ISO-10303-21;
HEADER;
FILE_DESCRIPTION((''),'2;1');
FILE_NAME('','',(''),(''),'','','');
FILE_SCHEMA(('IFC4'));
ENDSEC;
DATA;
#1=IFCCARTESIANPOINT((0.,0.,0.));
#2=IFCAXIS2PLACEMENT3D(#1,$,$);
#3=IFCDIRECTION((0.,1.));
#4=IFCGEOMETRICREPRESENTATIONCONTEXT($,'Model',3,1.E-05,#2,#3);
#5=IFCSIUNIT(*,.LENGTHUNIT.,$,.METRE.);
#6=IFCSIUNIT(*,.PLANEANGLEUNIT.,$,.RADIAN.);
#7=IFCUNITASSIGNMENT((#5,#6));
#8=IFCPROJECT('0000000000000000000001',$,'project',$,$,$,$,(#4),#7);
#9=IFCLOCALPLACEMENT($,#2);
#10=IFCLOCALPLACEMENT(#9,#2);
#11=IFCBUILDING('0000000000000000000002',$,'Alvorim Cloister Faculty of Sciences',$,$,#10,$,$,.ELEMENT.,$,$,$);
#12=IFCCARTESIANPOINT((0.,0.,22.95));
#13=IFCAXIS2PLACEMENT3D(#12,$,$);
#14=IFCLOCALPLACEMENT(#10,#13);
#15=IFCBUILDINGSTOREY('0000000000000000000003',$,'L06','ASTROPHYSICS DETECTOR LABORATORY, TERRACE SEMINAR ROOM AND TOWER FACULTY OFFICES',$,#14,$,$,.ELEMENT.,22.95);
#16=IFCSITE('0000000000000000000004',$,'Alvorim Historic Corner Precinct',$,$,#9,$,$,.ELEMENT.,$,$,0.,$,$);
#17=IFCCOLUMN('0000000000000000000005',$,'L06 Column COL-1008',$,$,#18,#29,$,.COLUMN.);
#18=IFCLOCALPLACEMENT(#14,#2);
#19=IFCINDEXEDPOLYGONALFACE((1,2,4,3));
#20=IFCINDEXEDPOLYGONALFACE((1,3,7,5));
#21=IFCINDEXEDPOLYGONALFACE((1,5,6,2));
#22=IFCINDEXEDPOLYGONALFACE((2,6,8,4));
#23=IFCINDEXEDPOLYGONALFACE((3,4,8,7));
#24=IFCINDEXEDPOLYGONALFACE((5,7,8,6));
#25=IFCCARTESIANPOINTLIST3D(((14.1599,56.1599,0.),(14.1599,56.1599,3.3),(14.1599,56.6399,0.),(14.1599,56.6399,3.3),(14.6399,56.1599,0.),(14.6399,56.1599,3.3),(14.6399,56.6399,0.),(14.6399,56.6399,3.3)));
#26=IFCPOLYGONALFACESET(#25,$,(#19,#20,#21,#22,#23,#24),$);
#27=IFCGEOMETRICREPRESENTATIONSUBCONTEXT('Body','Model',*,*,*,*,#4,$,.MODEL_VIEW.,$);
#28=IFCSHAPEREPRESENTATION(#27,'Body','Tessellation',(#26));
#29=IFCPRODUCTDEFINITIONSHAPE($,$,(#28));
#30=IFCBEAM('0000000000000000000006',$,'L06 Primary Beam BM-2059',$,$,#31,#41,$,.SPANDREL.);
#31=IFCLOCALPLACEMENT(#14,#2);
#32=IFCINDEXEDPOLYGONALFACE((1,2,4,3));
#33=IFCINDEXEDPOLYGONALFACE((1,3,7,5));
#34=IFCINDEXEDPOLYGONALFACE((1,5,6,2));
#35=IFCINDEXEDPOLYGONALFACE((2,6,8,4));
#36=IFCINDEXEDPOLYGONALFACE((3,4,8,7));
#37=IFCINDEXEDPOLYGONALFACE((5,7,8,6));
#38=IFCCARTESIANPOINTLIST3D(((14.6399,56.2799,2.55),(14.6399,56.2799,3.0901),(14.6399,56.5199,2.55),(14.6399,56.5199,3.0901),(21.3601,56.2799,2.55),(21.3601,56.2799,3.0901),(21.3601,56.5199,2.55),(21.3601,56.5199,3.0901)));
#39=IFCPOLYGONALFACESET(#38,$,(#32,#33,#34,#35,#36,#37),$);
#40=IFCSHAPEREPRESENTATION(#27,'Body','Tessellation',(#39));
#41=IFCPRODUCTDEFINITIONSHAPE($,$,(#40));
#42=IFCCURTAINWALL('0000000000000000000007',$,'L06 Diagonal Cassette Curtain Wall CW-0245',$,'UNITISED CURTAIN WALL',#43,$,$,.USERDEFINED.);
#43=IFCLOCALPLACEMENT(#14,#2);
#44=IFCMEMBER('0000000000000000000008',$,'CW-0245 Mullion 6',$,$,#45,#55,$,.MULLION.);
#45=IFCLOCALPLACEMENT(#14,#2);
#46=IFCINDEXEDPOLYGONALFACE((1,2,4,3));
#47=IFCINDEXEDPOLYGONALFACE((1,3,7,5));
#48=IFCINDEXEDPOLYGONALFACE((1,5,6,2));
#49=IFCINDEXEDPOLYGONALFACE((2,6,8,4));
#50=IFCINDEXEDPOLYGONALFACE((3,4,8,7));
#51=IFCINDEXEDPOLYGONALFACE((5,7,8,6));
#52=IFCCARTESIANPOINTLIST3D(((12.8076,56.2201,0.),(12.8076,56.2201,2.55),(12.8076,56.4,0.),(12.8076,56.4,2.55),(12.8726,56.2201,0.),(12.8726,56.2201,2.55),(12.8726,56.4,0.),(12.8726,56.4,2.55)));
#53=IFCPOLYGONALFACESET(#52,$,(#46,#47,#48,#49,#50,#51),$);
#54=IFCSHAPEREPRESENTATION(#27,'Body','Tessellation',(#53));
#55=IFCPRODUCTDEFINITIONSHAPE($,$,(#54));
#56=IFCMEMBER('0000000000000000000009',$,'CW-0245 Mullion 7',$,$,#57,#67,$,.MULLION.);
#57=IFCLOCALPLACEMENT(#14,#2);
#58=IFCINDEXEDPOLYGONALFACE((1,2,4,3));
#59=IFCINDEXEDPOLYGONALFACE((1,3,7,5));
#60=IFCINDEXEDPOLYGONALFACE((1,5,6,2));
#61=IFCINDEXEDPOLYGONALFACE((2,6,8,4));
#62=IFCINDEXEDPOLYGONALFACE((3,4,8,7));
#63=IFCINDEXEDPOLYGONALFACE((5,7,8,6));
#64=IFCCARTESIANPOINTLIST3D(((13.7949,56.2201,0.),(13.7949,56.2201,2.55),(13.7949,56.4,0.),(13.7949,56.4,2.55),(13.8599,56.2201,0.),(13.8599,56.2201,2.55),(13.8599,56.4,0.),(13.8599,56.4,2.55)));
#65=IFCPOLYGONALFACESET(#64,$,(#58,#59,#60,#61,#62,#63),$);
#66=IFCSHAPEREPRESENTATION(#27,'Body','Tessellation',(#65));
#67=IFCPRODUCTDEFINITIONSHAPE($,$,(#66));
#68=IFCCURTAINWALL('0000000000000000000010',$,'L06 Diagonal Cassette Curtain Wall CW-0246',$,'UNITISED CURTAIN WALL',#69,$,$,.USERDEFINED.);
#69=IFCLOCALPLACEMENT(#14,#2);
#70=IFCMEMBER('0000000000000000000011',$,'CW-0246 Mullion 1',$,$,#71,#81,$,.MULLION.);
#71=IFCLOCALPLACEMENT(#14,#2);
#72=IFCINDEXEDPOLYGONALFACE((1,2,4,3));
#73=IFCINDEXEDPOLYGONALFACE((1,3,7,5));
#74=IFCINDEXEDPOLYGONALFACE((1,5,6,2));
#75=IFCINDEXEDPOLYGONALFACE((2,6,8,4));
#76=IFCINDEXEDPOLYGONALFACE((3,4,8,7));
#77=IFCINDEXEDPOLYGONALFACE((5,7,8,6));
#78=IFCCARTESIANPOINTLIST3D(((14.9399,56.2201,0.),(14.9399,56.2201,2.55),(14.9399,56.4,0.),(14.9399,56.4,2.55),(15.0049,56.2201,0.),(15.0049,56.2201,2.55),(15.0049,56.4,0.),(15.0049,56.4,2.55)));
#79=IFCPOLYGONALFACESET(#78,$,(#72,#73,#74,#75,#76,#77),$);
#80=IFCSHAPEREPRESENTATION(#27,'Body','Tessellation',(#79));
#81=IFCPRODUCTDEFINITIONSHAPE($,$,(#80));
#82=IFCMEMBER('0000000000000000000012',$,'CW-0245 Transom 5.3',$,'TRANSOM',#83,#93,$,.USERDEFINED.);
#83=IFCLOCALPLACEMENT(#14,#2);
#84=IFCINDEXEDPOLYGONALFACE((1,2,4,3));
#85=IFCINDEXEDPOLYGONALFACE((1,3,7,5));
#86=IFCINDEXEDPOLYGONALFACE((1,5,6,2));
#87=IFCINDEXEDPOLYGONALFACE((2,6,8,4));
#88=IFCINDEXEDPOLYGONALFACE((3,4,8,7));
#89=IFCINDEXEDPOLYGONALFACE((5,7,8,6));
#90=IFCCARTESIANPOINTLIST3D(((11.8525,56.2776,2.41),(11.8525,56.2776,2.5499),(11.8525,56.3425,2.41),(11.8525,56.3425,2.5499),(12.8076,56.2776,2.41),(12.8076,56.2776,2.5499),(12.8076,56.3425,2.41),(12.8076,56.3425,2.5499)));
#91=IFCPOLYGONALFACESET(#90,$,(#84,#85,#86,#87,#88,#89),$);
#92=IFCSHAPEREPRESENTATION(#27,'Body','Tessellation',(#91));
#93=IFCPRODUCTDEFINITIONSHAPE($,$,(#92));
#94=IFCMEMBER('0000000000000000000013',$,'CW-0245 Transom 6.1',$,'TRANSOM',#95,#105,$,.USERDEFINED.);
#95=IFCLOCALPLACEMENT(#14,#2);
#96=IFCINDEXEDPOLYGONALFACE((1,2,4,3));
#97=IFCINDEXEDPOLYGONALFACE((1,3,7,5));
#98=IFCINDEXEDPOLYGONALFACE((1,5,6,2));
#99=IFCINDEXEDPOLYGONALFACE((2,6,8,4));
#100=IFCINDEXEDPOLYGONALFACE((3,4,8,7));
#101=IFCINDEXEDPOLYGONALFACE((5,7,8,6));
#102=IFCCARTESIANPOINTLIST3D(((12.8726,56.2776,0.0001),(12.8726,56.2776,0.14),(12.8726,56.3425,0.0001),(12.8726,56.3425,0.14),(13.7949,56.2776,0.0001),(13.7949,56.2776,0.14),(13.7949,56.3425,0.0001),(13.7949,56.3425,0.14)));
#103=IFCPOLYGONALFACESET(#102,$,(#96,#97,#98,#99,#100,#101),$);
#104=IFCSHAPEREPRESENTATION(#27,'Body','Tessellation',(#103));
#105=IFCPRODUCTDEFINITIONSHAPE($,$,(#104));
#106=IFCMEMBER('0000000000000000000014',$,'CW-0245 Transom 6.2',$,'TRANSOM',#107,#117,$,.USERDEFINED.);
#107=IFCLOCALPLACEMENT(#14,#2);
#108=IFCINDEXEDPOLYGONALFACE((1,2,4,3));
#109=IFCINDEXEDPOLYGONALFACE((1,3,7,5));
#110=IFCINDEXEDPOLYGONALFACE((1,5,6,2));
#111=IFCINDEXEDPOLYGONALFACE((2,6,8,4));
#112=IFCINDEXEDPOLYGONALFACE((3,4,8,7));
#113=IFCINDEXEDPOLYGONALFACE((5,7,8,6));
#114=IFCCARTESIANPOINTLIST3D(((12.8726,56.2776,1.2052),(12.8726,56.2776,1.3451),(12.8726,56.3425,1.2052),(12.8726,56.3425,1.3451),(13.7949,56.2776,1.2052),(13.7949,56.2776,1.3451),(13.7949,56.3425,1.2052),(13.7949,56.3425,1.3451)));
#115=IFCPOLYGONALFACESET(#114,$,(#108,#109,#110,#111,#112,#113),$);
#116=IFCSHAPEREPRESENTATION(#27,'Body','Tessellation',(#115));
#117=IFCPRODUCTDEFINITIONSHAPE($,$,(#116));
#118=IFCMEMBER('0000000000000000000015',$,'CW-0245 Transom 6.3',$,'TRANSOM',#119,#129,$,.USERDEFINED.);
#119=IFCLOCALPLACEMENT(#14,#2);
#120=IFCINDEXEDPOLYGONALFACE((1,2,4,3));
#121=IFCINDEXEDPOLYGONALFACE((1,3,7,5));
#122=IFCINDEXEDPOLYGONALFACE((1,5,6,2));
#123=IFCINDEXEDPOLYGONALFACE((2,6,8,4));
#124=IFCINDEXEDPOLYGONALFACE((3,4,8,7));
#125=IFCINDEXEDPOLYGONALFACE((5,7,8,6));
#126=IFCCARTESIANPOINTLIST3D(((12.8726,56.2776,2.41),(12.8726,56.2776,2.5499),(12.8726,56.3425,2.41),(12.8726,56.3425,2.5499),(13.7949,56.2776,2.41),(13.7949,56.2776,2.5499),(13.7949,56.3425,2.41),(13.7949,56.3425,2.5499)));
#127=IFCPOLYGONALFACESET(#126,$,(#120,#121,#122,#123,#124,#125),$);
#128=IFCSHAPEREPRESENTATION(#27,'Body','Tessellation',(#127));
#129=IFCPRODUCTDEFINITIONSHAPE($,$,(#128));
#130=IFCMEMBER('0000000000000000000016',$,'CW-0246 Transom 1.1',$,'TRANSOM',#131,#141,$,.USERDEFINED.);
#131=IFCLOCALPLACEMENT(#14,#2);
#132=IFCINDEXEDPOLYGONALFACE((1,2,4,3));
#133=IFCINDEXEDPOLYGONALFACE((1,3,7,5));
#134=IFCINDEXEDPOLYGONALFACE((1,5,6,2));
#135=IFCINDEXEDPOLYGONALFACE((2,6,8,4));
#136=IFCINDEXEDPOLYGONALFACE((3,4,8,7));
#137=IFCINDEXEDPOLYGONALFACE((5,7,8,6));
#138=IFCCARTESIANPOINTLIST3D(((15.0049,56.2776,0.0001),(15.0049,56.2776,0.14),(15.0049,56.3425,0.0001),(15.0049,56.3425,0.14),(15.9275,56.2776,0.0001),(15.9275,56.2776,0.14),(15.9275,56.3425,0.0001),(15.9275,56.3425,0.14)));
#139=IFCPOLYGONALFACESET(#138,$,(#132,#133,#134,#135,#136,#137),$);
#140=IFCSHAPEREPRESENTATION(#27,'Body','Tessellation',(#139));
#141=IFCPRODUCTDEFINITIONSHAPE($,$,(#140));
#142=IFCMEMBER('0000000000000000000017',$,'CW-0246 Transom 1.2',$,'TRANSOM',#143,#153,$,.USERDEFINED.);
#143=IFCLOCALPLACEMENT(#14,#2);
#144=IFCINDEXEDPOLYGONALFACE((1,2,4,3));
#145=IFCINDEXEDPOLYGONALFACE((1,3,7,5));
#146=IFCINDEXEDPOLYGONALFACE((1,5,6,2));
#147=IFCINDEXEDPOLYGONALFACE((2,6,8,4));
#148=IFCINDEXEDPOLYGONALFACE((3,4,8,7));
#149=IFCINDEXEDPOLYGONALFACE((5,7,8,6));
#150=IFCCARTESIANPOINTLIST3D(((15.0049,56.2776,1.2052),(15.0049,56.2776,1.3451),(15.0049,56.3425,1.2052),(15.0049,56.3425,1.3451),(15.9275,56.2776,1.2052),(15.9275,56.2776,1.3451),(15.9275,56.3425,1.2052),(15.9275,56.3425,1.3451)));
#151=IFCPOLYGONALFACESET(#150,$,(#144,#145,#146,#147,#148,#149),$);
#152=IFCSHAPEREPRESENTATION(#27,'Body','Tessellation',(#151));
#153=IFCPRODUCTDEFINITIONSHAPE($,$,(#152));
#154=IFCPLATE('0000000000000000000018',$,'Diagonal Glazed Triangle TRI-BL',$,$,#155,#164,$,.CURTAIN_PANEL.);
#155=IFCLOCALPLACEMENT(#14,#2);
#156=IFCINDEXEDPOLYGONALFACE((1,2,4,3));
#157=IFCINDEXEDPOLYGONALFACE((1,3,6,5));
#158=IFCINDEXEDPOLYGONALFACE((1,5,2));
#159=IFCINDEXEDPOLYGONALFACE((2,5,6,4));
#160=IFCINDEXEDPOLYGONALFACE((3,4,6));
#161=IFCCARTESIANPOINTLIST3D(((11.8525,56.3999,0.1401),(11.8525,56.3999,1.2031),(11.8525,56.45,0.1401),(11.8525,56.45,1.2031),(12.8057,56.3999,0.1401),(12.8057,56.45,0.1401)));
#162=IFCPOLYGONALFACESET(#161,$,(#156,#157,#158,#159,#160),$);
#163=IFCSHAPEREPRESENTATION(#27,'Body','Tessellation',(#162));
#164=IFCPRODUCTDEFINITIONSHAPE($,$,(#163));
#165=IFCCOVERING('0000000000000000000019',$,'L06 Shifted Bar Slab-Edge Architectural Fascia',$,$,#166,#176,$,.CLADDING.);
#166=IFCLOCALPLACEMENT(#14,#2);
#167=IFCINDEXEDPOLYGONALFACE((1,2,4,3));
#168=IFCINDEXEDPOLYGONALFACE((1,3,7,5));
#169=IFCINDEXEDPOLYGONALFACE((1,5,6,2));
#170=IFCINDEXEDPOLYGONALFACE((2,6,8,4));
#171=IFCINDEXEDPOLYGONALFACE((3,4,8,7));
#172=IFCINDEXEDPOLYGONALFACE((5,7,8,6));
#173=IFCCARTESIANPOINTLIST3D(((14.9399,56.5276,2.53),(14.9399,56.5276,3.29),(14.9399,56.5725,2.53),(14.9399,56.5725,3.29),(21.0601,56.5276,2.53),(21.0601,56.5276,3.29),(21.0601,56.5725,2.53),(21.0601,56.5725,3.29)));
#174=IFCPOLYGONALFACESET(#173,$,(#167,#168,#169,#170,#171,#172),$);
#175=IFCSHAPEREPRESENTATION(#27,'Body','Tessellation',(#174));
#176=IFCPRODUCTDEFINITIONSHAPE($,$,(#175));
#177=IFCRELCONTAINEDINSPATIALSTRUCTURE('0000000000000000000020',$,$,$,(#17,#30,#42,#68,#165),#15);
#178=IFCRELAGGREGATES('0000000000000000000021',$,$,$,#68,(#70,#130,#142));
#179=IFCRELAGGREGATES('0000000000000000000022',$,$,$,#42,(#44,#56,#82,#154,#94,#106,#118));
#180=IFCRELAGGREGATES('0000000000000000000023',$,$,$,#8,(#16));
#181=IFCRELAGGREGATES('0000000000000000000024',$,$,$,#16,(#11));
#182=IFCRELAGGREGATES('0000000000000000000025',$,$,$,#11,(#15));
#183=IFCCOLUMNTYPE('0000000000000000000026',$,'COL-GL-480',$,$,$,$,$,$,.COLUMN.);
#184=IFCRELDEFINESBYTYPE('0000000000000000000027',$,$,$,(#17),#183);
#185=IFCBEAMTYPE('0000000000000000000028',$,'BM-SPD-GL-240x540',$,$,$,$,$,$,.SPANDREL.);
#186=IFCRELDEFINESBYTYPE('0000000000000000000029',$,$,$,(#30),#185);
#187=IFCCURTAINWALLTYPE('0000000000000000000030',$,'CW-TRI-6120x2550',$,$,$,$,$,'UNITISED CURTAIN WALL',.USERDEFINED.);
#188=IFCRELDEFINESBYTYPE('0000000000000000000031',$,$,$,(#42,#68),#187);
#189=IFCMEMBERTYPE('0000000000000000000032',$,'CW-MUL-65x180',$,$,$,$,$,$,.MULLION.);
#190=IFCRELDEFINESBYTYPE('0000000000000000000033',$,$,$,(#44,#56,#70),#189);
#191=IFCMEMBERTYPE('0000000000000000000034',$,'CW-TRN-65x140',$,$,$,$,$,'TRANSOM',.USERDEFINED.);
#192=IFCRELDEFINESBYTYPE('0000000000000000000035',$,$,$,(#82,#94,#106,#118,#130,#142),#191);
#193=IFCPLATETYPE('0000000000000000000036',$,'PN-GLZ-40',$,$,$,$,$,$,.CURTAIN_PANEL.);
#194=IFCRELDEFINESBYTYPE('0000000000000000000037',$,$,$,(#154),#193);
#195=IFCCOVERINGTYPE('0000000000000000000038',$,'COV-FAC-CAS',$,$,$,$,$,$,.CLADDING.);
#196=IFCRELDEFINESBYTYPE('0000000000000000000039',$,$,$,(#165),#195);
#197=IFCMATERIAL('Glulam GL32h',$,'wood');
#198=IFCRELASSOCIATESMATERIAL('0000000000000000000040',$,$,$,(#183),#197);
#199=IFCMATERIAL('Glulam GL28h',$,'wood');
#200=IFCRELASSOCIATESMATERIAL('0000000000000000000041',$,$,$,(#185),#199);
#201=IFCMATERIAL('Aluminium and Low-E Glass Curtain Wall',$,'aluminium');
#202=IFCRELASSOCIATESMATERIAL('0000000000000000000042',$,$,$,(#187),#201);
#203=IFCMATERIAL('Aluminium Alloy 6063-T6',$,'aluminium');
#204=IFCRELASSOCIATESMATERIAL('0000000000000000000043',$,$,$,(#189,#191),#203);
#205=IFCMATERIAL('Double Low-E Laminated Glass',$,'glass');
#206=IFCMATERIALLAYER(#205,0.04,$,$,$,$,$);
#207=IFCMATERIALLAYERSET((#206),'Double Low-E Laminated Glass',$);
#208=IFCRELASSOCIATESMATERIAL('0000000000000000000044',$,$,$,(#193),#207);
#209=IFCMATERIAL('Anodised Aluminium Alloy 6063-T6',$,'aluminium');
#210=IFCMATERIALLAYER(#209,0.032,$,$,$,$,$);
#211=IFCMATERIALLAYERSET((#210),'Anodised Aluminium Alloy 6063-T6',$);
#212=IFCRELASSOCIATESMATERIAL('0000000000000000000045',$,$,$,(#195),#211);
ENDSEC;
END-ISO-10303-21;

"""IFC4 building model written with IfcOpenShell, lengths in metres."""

from ifc_helpers import new_model, si_unit, direction, frame, origin, origin_2d, place, context, subcontext, project, spatial, polyline, rectangle, outline, extrude, material, layer, layer_set, material_profile, profile_set, type_object, element, aggregate, save


model = new_model("IFC4")

# Units and contexts
model_context = context("Model", 3, precision=1e-05, world=origin(), true_north=direction((0.0, 1.0)))
body_context = subcontext(model_context, "Body", "Model", "MODEL_VIEW")
ifc_project = project(units=[si_unit("LENGTHUNIT", "METRE"), si_unit("PLANEANGLEUNIT", "RADIAN")], contexts=[model_context])

# Site, building, storey
site_placement = place(None, origin())
site = spatial("IfcSite", under=ifc_project, at=site_placement, Name="Alvorim Historic Corner Precinct", CompositionType="ELEMENT", RefElevation=0.0)
building_placement = place(site_placement, origin())
building = spatial("IfcBuilding", under=site, at=building_placement, Name="Alvorim Cloister Faculty of Sciences", CompositionType="ELEMENT")
storey_placement = place(building_placement, frame((0.0, 0.0, 22.95)))
storey = spatial("IfcBuildingStorey", under=building, at=storey_placement, Name="L06", Description="ASTROPHYSICS DETECTOR LABORATORY, TERRACE SEMINAR ROOM AND TOWER FACULTY OFFICES", CompositionType="ELEMENT", Elevation=22.95)

# Column
ifc_material_1 = material(Name="Glulam GL32h", Category="wood")
ifc_material_profile_1 = material_profile(ifc_material_1, rectangle(XDim=0.48, YDim=0.48, at=origin_2d()), Name="GL32-COL-480x480")
ifc_profile_set_1 = profile_set([ifc_material_profile_1], Name="Glulam GL32h")
column_type = type_object("IfcColumnType", Name="COL-GL-480", PredefinedType="COLUMN", material=ifc_profile_set_1)
column_placement = place(storey_placement, frame((14.3999, 56.3999, 0.0), z_axis=(0.0, 0.0, 1.0), x_axis=(1.0, 0.0, 0.0)))
element("IfcColumn", 1, at=column_placement, inside=storey, type_object=column_type, Name="L06 Column COL-1008", PredefinedType="COLUMN", context=body_context, shape_type="SweptSolid", body=[
    extrude(rectangle(XDim=0.48, YDim=0.48, at=origin_2d()), origin(), (0.0, 0.0, 1.0), 3.3),
])

# Beam
ifc_material_2 = material(Name="Glulam GL28h", Category="wood")
ifc_material_profile_2 = material_profile(ifc_material_2, rectangle(XDim=0.24, YDim=0.54, at=origin_2d()), Name="GL28-SPD-240x540")
ifc_profile_set_2 = profile_set([ifc_material_profile_2], Name="Glulam GL28h")
beam_type = type_object("IfcBeamType", Name="BM-SPD-GL-240x540", PredefinedType="SPANDREL", material=ifc_profile_set_2)
beam_placement = place(storey_placement, frame((14.6399, 56.3999, 2.8201), z_axis=(1.0, 0.0, 0.0), x_axis=(0.0, 1.0, 0.0)))
element("IfcBeam", 2, at=beam_placement, inside=storey, type_object=beam_type, Name="L06 Primary Beam BM-2059", PredefinedType="SPANDREL", context=body_context, shape_type="SweptSolid", body=[
    extrude(rectangle(XDim=0.24, YDim=0.54, at=origin_2d()), origin(), (0.0, 0.0, 1.0), 6.7202),
])

# Curtain wall, members
ifc_material_3 = material(Name="Aluminium and Low-E Glass Curtain Wall", Category="aluminium")
curtain_wall_type = type_object("IfcCurtainWallType", Name="CW-TRI-6120x2550", ElementType="UNITISED CURTAIN WALL", PredefinedType="USERDEFINED", material=ifc_material_3)
curtain_wall_1_placement = place(storey_placement, origin())
curtain_wall_1 = element("IfcCurtainWall", 3, at=curtain_wall_1_placement, inside=storey, type_object=curtain_wall_type, Name="L06 Diagonal Cassette Curtain Wall CW-0245", ObjectType="UNITISED CURTAIN WALL", PredefinedType="USERDEFINED")
ifc_material_4 = material(Name="Aluminium Alloy 6063-T6", Category="aluminium")
ifc_material_profile_3 = material_profile(ifc_material_4, rectangle(XDim=0.0649, YDim=0.1799, at=origin_2d()), Name="ALU-MUL-65x180")
ifc_profile_set_3 = profile_set([ifc_material_profile_3], Name="Aluminium Alloy 6063-T6")
member_type_1 = type_object("IfcMemberType", Name="CW-MUL-65x180", PredefinedType="MULLION", material=ifc_profile_set_3)
member_1_placement = place(storey_placement, frame((12.8401, 56.3101, 0.0), z_axis=(0.0, 0.0, 1.0), x_axis=(1.0, 0.0, 0.0)))
member_1 = element("IfcMember", 4, at=member_1_placement, type_object=member_type_1, Name="CW-0245 Mullion 6", PredefinedType="MULLION", context=body_context, shape_type="SweptSolid", body=[
    extrude(rectangle(XDim=0.0649, YDim=0.1799, at=origin_2d()), origin(), (0.0, 0.0, 1.0), 2.55),
])
member_2_placement = place(storey_placement, frame((13.8274, 56.3101, 0.0), z_axis=(0.0, 0.0, 1.0), x_axis=(1.0, 0.0, 0.0)))
member_2 = element("IfcMember", 5, at=member_2_placement, type_object=member_type_1, Name="CW-0245 Mullion 7", PredefinedType="MULLION", context=body_context, shape_type="SweptSolid", body=[
    extrude(rectangle(XDim=0.0649, YDim=0.1799, at=origin_2d()), origin(), (0.0, 0.0, 1.0), 2.55),
])

# Curtain wall, member
curtain_wall_2_placement = place(storey_placement, origin())
curtain_wall_2 = element("IfcCurtainWall", 6, at=curtain_wall_2_placement, inside=storey, type_object=curtain_wall_type, Name="L06 Diagonal Cassette Curtain Wall CW-0246", ObjectType="UNITISED CURTAIN WALL", PredefinedType="USERDEFINED")
member_3_placement = place(storey_placement, frame((14.9724, 56.3101, 0.0), z_axis=(0.0, 0.0, 1.0), x_axis=(1.0, 0.0, 0.0)))
member_3 = element("IfcMember", 7, at=member_3_placement, type_object=member_type_1, Name="CW-0246 Mullion 1", PredefinedType="MULLION", context=body_context, shape_type="SweptSolid", body=[
    extrude(rectangle(XDim=0.0649, YDim=0.1799, at=origin_2d()), origin(), (0.0, 0.0, 1.0), 2.55),
])

# Members
ifc_material_profile_4 = material_profile(ifc_material_4, rectangle(XDim=0.0649, YDim=0.1399, at=origin_2d()), Name="ALU-TRN-65x140")
ifc_profile_set_4 = profile_set([ifc_material_profile_4], Name="Aluminium Alloy 6063-T6")
member_type_2 = type_object("IfcMemberType", Name="CW-TRN-65x140", ElementType="TRANSOM", PredefinedType="USERDEFINED", material=ifc_profile_set_4)
member_4_placement = place(storey_placement, frame((11.8525, 56.3101, 2.48), z_axis=(1.0, 0.0, 0.0), x_axis=(0.0, 1.0, 0.0)))
member_4 = element("IfcMember", 8, at=member_4_placement, type_object=member_type_2, Name="CW-0245 Transom 5.3", ObjectType="TRANSOM", PredefinedType="USERDEFINED", context=body_context, shape_type="SweptSolid", body=[
    extrude(rectangle(XDim=0.0649, YDim=0.1399, at=origin_2d()), origin(), (0.0, 0.0, 1.0), 0.9551),
])
member_5_placement = place(storey_placement, frame((12.8726, 56.3101, 0.0701), z_axis=(1.0, 0.0, 0.0), x_axis=(0.0, 1.0, 0.0)))
member_5 = element("IfcMember", 9, at=member_5_placement, type_object=member_type_2, Name="CW-0245 Transom 6.1", ObjectType="TRANSOM", PredefinedType="USERDEFINED", context=body_context, shape_type="SweptSolid", body=[
    extrude(rectangle(XDim=0.0649, YDim=0.1399, at=origin_2d()), origin(), (0.0, 0.0, 1.0), 0.9224),
])
member_6_placement = place(storey_placement, frame((12.8726, 56.3101, 1.2751), z_axis=(1.0, 0.0, 0.0), x_axis=(0.0, 1.0, 0.0)))
member_6 = element("IfcMember", 10, at=member_6_placement, type_object=member_type_2, Name="CW-0245 Transom 6.2", ObjectType="TRANSOM", PredefinedType="USERDEFINED", context=body_context, shape_type="SweptSolid", body=[
    extrude(rectangle(XDim=0.0649, YDim=0.1399, at=origin_2d()), origin(), (0.0, 0.0, 1.0), 0.9224),
])
member_7_placement = place(storey_placement, frame((12.8726, 56.3101, 2.48), z_axis=(1.0, 0.0, 0.0), x_axis=(0.0, 1.0, 0.0)))
member_7 = element("IfcMember", 11, at=member_7_placement, type_object=member_type_2, Name="CW-0245 Transom 6.3", ObjectType="TRANSOM", PredefinedType="USERDEFINED", context=body_context, shape_type="SweptSolid", body=[
    extrude(rectangle(XDim=0.0649, YDim=0.1399, at=origin_2d()), origin(), (0.0, 0.0, 1.0), 0.9224),
])
member_8_placement = place(storey_placement, frame((15.0049, 56.3101, 0.0701), z_axis=(1.0, 0.0, 0.0), x_axis=(0.0, 1.0, 0.0)))
member_8 = element("IfcMember", 12, at=member_8_placement, type_object=member_type_2, Name="CW-0246 Transom 1.1", ObjectType="TRANSOM", PredefinedType="USERDEFINED", context=body_context, shape_type="SweptSolid", body=[
    extrude(rectangle(XDim=0.0649, YDim=0.1399, at=origin_2d()), origin(), (0.0, 0.0, 1.0), 0.9226),
])
member_9_placement = place(storey_placement, frame((15.0049, 56.3101, 1.2751), z_axis=(1.0, 0.0, 0.0), x_axis=(0.0, 1.0, 0.0)))
member_9 = element("IfcMember", 13, at=member_9_placement, type_object=member_type_2, Name="CW-0246 Transom 1.2", ObjectType="TRANSOM", PredefinedType="USERDEFINED", context=body_context, shape_type="SweptSolid", body=[
    extrude(rectangle(XDim=0.0649, YDim=0.1399, at=origin_2d()), origin(), (0.0, 0.0, 1.0), 0.9226),
])
aggregate(curtain_wall_2, [member_3, member_8, member_9])

# Plate
ifc_material_5 = material(Name="Double Low-E Laminated Glass", Category="glass")
ifc_layer_1 = layer(ifc_material_5, 0.04)
ifc_layer_set_1 = layer_set([ifc_layer_1], Name="Double Low-E Laminated Glass")
plate_type = type_object("IfcPlateType", Name="PN-GLZ-40", PredefinedType="CURTAIN_PANEL", material=ifc_layer_set_1)
plate_1_placement = place(storey_placement, frame((11.8525, 56.425, 0.1401), z_axis=(0.0, 0.0, 1.0), x_axis=(1.0, 0.0, 0.0)))
plate_1 = element("IfcPlate", 14, at=plate_1_placement, type_object=plate_type, Name="Diagonal Glazed Triangle TRI-BL", PredefinedType="CURTAIN_PANEL", context=body_context, shape_type="SweptSolid", body=[
    extrude(outline(polyline([(0.0, 0.0), (0.9531, 0.0), (0.0, 1.063), (0.0, 0.0)])), frame((0.0, 0.0249, 0.0), z_axis=(0.0, -1.0, 0.0), x_axis=(1.0, 0.0, 0.0)), (0.0, 0.0, 1.0), 0.05),
])
aggregate(curtain_wall_1, [member_1, member_2, member_4, plate_1, member_5, member_6, member_7])

# Covering
ifc_material_6 = material(Name="Anodised Aluminium Alloy 6063-T6", Category="aluminium")
ifc_layer_2 = layer(ifc_material_6, 0.032)
ifc_layer_set_2 = layer_set([ifc_layer_2], Name="Anodised Aluminium Alloy 6063-T6")
covering_type = type_object("IfcCoveringType", Name="COV-FAC-CAS", PredefinedType="CLADDING", material=ifc_layer_set_2)
covering_placement = place(storey_placement, frame((14.9399, 56.55, 2.53), z_axis=(0.0, 0.0, 1.0), x_axis=(1.0, 0.0, 0.0)))
element("IfcCovering", 15, at=covering_placement, inside=storey, type_object=covering_type, Name="L06 Shifted Bar Slab-Edge Architectural Fascia", PredefinedType="CLADDING", context=body_context, shape_type="SweptSolid", body=[
    extrude(outline(polyline([(0.0, 0.0), (6.1201, 0.0), (6.1201, 0.76), (0.0, 0.76), (0.0, 0.0)])), frame((0.0, 0.0225, 0.0), z_axis=(0.0, -1.0, 0.0), x_axis=(1.0, 0.0, 0.0)), (0.0, 0.0, 1.0), 0.0449),
])

save(model, "model.ifc")
